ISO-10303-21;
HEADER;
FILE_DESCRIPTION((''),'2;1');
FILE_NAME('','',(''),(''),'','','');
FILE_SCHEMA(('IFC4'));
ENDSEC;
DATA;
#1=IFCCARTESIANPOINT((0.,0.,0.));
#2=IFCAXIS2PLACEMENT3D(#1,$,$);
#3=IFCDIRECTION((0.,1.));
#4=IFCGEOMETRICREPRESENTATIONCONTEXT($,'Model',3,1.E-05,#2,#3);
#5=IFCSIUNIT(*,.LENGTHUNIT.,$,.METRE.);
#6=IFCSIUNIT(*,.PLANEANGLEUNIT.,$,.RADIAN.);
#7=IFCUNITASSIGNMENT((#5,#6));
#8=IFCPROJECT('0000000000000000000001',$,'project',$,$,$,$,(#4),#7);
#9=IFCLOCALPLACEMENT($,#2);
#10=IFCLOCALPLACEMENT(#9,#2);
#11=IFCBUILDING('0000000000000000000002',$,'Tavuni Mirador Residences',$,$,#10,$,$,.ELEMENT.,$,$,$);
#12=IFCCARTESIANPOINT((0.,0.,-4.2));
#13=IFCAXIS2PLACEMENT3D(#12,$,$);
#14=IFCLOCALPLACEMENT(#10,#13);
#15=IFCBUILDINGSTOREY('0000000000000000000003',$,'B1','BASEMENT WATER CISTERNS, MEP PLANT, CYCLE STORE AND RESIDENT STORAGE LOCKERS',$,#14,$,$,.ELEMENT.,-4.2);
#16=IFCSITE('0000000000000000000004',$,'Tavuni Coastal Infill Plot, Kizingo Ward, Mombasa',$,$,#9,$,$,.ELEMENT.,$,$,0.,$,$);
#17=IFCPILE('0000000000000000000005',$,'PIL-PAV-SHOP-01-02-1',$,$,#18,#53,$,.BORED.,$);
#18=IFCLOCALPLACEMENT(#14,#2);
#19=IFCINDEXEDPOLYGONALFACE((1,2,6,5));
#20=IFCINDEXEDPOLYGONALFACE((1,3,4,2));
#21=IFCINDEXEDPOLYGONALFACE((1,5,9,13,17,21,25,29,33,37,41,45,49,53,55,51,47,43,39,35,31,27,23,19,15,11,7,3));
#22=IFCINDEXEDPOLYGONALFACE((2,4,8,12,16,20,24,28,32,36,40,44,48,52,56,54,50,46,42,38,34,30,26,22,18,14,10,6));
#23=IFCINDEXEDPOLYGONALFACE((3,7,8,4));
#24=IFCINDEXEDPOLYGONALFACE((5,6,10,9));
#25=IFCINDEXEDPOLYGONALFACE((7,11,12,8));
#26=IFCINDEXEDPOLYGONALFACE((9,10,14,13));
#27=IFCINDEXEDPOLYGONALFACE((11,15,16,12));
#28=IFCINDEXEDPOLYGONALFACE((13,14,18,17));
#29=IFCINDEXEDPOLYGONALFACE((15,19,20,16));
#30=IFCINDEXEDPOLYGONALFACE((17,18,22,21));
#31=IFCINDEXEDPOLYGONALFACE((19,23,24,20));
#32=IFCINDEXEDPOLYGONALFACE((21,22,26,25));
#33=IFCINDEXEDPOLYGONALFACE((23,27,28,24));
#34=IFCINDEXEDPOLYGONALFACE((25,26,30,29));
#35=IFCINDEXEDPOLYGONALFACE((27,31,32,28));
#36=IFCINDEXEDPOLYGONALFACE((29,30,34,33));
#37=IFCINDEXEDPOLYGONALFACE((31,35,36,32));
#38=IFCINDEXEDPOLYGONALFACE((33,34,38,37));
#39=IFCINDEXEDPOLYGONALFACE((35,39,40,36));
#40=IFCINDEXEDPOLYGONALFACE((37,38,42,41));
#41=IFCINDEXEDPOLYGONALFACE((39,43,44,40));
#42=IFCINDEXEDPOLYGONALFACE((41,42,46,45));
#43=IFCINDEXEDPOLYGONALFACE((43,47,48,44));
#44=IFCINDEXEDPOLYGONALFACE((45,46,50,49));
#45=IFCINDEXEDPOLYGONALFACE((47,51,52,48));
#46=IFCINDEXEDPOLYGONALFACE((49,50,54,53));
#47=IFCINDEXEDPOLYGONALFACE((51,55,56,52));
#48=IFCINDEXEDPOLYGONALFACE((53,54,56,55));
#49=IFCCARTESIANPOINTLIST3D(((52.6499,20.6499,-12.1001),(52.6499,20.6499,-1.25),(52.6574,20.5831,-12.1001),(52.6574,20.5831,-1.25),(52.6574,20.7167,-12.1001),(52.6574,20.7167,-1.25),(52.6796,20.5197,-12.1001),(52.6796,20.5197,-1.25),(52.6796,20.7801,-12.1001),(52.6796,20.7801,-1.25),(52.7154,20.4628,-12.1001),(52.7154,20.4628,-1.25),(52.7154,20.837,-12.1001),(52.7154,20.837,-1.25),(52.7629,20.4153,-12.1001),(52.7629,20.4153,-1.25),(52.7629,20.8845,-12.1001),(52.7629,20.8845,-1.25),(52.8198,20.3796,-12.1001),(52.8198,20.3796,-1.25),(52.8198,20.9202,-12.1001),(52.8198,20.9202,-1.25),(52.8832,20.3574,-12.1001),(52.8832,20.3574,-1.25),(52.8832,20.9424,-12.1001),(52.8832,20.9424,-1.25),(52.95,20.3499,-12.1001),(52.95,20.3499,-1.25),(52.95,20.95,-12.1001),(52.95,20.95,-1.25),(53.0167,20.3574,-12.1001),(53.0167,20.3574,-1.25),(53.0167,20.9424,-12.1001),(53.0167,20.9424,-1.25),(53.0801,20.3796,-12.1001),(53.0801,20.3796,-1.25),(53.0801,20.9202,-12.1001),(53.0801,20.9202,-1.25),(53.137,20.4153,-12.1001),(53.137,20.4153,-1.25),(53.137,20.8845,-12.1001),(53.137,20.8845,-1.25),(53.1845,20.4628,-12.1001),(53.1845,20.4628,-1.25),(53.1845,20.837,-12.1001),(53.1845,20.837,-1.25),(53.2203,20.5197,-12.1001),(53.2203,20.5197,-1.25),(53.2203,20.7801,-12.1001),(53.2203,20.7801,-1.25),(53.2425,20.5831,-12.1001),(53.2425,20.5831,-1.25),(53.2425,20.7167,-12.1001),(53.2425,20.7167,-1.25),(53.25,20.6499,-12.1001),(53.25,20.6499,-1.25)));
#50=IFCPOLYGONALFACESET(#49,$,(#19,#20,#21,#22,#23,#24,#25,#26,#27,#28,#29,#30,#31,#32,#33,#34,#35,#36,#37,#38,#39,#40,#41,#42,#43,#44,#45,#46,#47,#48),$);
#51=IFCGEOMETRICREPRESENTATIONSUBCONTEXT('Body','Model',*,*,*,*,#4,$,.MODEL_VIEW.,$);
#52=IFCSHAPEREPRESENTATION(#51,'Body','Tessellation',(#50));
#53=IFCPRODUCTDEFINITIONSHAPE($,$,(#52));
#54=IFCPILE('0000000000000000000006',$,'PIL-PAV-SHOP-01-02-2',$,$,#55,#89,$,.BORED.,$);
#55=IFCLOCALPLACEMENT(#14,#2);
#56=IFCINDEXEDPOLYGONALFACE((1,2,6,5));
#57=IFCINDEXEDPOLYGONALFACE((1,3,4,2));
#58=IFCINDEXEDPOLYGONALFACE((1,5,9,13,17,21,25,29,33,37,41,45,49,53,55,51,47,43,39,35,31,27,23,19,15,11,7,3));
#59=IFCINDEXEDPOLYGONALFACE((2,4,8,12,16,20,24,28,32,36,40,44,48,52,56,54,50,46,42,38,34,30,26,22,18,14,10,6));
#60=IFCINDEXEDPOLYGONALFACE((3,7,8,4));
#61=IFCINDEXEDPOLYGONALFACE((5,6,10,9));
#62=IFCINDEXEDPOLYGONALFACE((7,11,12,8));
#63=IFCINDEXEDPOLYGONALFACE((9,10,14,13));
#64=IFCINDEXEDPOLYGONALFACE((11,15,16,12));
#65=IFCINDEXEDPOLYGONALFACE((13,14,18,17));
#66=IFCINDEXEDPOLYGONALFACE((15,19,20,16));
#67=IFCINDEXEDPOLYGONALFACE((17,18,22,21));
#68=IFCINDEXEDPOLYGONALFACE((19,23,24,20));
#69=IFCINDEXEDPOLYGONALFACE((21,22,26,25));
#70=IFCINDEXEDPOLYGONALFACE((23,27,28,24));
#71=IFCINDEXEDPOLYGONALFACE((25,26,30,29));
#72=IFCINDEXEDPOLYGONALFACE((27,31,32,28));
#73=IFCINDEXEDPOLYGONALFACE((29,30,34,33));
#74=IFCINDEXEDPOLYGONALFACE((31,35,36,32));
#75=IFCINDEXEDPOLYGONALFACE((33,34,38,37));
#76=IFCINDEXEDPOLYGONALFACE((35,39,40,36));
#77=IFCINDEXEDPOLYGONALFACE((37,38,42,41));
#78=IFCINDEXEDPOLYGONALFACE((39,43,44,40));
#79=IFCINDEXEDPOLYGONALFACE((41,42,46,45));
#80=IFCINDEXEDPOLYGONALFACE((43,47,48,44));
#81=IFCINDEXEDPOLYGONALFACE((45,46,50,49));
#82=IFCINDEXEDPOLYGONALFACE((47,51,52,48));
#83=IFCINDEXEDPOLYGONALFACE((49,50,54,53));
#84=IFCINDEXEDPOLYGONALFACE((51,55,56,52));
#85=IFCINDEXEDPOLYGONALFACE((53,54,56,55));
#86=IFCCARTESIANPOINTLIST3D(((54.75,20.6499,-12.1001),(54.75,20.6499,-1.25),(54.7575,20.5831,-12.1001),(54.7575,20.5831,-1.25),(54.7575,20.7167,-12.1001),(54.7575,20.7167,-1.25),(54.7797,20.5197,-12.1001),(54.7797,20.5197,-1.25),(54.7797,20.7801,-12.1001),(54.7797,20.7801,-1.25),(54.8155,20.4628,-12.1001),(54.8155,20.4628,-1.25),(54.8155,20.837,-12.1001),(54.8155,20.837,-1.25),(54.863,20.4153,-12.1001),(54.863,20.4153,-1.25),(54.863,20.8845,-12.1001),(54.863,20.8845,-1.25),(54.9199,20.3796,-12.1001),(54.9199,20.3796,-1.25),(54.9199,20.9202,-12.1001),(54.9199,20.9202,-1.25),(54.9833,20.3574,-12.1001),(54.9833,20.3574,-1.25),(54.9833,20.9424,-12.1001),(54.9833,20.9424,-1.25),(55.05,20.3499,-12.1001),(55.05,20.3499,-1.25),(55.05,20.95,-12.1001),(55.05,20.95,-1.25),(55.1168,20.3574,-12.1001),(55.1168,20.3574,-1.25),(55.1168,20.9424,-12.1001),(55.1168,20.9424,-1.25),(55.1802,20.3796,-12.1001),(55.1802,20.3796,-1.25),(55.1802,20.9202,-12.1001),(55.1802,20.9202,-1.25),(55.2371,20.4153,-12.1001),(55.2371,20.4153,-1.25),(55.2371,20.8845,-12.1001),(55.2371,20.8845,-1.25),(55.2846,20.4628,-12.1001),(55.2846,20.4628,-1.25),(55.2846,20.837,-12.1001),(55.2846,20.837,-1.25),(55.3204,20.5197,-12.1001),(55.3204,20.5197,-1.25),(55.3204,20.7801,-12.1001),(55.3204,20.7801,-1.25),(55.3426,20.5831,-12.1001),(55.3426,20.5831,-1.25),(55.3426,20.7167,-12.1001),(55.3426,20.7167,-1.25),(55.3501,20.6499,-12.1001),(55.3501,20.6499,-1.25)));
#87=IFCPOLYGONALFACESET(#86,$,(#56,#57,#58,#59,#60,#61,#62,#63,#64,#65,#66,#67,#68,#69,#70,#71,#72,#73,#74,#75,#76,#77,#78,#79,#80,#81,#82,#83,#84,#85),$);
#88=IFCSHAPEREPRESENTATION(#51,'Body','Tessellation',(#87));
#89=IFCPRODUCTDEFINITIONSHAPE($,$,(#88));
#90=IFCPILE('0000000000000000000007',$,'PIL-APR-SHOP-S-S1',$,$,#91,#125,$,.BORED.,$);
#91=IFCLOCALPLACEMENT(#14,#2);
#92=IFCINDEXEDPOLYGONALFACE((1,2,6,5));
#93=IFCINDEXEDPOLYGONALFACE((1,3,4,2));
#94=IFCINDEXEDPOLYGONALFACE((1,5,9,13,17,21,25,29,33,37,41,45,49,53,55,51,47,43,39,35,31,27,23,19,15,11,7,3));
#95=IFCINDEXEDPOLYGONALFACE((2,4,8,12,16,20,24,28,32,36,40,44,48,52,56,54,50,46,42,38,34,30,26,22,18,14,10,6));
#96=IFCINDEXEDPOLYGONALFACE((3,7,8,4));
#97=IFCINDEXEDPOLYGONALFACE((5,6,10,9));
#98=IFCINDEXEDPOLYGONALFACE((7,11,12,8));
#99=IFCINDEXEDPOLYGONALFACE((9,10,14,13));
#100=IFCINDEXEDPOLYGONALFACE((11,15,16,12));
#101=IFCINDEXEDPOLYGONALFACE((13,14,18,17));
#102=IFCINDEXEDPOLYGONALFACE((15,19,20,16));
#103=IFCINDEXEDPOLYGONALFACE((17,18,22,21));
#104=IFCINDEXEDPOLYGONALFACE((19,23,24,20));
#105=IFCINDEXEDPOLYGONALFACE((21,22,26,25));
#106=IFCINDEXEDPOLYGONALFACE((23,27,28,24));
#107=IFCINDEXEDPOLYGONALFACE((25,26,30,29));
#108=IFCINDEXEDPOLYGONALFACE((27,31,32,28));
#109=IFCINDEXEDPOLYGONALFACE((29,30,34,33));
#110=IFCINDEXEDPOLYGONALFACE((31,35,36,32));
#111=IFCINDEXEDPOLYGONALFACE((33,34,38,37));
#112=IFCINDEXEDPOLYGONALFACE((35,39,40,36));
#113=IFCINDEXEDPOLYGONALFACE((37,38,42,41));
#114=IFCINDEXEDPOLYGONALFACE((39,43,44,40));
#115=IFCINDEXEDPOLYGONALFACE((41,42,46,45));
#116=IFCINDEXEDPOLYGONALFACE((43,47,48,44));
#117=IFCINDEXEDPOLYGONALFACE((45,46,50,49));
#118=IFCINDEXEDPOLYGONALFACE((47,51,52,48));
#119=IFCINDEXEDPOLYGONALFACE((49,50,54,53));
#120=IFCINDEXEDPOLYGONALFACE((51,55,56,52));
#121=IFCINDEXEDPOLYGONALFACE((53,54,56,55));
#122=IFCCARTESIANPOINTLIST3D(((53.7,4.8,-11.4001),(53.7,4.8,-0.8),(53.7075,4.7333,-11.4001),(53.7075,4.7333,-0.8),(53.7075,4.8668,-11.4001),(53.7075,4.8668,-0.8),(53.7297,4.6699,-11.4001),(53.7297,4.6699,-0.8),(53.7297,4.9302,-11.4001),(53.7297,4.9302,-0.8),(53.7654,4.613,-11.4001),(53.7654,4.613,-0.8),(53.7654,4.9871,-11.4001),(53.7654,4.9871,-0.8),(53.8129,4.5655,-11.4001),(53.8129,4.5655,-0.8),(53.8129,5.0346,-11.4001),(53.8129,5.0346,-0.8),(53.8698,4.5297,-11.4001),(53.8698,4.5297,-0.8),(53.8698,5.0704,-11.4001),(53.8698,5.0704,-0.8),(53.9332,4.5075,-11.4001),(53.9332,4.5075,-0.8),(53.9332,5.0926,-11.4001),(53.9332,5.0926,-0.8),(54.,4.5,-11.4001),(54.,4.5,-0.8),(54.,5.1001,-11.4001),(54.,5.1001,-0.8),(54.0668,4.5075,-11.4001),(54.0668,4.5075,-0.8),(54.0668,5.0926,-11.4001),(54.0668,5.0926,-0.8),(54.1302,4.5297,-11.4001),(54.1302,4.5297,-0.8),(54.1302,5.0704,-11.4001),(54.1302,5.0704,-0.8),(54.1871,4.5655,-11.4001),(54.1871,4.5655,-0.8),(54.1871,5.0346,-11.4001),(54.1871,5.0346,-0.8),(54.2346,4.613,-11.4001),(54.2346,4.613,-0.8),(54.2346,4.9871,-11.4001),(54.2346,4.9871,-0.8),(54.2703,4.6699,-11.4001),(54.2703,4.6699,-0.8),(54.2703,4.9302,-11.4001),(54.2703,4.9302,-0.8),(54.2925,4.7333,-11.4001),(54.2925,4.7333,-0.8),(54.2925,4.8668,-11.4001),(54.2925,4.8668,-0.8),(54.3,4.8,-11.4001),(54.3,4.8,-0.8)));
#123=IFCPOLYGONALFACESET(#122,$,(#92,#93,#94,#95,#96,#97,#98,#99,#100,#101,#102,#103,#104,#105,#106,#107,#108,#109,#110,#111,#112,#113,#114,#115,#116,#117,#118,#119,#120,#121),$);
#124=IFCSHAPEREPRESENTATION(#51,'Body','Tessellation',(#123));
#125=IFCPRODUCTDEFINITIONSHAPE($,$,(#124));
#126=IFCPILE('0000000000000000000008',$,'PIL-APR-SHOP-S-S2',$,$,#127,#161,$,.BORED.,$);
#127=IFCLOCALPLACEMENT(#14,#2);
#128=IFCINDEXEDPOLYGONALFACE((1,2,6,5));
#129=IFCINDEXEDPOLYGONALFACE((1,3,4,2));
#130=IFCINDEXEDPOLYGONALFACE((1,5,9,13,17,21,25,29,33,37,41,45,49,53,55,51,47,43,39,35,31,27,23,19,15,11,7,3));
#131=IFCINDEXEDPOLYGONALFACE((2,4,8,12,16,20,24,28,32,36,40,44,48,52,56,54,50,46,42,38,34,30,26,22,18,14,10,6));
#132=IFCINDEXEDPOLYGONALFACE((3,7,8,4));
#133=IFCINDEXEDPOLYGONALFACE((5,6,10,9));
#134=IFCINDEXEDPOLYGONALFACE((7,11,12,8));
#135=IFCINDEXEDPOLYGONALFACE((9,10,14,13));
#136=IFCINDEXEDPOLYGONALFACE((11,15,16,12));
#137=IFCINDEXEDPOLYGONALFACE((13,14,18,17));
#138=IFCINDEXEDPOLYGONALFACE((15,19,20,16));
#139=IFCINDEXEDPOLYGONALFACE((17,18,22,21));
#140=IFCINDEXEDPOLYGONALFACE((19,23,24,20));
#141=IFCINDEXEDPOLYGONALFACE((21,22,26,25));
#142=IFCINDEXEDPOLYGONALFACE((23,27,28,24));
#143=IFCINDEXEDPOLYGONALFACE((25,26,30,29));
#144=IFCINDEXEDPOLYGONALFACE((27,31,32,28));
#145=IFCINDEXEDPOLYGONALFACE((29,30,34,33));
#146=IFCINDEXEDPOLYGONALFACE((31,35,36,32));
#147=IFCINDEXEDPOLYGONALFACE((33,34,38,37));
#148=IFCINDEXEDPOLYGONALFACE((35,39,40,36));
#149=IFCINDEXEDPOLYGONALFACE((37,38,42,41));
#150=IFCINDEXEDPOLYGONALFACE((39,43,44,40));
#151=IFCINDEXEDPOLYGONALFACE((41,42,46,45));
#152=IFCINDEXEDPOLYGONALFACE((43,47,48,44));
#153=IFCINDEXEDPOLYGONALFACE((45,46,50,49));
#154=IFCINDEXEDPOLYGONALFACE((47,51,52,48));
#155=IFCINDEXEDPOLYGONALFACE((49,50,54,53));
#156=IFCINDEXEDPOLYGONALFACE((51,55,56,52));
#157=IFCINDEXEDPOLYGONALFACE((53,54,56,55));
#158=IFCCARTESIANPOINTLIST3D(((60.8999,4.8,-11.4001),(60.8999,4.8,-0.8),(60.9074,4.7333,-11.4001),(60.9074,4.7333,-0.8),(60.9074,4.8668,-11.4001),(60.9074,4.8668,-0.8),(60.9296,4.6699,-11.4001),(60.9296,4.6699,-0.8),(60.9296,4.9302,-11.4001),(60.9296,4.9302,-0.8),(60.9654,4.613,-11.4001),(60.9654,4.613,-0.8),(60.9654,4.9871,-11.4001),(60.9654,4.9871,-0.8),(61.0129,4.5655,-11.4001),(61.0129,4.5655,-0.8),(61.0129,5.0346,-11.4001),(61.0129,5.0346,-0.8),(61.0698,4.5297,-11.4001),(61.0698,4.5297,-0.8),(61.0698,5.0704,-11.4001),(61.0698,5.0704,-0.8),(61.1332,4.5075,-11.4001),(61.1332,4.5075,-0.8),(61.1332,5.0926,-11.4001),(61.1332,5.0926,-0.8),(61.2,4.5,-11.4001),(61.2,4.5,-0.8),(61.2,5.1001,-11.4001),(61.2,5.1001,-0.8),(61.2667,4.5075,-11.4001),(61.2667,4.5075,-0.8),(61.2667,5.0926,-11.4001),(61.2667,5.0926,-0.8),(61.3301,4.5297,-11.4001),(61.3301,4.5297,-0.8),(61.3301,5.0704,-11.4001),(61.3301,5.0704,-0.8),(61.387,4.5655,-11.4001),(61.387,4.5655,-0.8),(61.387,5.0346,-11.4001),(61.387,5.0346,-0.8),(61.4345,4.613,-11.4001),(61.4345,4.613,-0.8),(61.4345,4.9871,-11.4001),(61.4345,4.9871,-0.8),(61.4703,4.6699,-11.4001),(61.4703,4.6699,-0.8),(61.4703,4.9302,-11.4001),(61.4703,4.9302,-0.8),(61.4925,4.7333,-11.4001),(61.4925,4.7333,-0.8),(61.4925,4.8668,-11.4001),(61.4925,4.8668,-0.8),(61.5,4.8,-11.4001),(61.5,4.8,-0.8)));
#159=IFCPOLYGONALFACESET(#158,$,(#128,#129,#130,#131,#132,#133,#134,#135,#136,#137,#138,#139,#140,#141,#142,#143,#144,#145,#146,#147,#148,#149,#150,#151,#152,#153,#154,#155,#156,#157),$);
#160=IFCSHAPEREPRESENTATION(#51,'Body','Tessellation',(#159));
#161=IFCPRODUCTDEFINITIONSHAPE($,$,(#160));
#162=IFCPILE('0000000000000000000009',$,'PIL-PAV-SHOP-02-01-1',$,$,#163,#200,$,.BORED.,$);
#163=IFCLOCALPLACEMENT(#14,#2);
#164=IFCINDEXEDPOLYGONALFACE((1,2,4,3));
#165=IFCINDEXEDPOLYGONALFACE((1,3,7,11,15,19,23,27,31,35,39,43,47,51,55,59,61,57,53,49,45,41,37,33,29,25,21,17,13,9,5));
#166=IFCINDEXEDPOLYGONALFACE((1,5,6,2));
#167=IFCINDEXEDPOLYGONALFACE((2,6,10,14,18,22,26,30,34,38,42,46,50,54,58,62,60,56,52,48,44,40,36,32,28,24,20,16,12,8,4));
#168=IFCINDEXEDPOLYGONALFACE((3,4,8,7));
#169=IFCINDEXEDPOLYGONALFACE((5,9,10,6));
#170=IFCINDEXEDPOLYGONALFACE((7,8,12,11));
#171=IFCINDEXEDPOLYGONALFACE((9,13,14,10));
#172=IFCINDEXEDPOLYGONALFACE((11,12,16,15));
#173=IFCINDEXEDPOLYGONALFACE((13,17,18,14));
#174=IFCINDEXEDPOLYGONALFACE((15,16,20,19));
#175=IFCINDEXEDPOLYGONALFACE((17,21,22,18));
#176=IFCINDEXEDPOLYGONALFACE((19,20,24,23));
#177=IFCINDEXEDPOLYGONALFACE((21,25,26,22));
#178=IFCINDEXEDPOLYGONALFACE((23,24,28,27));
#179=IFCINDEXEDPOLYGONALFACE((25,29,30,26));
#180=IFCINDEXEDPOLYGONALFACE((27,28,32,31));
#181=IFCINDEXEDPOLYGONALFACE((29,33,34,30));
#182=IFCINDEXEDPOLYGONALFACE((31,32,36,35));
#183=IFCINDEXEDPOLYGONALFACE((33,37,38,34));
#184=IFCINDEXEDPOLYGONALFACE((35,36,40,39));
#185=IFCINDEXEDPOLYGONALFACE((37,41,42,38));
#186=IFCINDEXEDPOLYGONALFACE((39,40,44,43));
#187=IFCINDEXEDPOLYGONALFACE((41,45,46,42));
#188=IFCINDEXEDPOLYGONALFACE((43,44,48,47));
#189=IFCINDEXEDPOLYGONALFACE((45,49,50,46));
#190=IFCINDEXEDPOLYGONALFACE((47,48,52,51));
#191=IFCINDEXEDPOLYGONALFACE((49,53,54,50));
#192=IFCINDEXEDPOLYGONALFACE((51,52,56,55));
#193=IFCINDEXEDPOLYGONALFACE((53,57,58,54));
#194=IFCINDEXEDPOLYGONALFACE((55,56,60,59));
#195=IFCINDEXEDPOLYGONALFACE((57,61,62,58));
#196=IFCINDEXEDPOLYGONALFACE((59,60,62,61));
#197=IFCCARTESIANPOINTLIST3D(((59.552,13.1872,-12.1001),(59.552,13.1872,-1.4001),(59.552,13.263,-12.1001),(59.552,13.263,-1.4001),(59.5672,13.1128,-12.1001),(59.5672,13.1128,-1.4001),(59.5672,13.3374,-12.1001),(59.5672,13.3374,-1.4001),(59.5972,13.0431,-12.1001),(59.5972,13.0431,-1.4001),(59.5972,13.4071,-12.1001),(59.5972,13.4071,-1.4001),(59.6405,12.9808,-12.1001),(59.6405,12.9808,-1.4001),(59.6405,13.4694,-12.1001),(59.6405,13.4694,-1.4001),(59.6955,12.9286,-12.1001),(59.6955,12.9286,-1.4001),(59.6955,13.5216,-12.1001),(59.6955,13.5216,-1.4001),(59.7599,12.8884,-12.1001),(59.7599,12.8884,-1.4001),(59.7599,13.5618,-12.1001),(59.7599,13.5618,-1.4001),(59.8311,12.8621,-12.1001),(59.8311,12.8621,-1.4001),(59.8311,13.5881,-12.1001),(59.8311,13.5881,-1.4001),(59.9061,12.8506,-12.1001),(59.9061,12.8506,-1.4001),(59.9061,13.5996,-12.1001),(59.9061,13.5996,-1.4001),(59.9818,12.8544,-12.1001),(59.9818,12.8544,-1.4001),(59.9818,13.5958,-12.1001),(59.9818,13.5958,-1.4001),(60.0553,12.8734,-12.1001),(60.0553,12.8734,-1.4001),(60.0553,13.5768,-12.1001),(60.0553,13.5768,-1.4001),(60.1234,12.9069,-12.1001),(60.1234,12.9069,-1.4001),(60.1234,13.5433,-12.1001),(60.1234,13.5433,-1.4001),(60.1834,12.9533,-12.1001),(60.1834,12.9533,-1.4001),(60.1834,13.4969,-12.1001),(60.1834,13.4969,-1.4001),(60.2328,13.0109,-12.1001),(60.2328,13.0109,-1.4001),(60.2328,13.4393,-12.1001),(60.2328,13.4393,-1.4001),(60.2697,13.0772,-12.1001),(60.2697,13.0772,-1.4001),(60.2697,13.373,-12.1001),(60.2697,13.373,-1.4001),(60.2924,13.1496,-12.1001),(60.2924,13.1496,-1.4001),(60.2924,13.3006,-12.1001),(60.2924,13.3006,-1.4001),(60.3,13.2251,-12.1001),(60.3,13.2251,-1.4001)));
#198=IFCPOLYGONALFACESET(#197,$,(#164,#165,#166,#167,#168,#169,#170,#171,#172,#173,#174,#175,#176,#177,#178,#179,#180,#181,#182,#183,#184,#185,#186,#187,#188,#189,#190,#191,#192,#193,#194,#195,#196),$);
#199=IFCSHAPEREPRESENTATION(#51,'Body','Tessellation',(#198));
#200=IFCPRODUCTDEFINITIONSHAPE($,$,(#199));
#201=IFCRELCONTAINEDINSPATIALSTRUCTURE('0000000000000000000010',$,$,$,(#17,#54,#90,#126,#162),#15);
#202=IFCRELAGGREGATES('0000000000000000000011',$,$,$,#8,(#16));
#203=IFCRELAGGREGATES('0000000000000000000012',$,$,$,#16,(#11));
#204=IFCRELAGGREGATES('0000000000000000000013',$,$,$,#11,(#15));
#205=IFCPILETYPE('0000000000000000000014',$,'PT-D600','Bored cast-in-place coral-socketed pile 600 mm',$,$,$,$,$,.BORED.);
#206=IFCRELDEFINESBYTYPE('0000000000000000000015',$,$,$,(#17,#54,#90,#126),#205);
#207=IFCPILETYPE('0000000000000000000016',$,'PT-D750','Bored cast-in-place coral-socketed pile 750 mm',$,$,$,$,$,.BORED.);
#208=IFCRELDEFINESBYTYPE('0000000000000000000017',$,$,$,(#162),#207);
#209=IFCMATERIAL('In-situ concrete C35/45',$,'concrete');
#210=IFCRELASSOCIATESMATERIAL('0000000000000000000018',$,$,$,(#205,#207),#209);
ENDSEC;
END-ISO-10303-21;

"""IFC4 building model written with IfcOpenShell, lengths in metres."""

from ifc_helpers import new_model, si_unit, direction, frame, origin, origin_2d, place, context, subcontext, project, spatial, circle, extrude, material, material_profile, profile_set, type_object, element, save


model = new_model("IFC4")

# Units and contexts
model_context = context("Model", 3, precision=1e-05, world=origin(), true_north=direction((0.0, 1.0)))
body_context = subcontext(model_context, "Body", "Model", "MODEL_VIEW")
ifc_project = project(units=[si_unit("LENGTHUNIT", "METRE"), si_unit("PLANEANGLEUNIT", "RADIAN")], contexts=[model_context])

# Site, building, storey
site_placement = place(None, origin())
site = spatial("IfcSite", under=ifc_project, at=site_placement, Name="Tavuni Coastal Infill Plot, Kizingo Ward, Mombasa", CompositionType="ELEMENT", RefElevation=0.0)
building_placement = place(site_placement, origin())
building = spatial("IfcBuilding", under=site, at=building_placement, Name="Tavuni Mirador Residences", CompositionType="ELEMENT")
storey_placement = place(building_placement, frame((0.0, 0.0, -4.2)))
storey = spatial("IfcBuildingStorey", under=building, at=storey_placement, Name="B1", Description="BASEMENT WATER CISTERNS, MEP PLANT, CYCLE STORE AND RESIDENT STORAGE LOCKERS", CompositionType="ELEMENT", Elevation=-4.2)

# Shared definitions
ifc_material_1 = material(Name="In-situ concrete C35/45", Category="concrete")

# Piles
ifc_material_profile_1 = material_profile(ifc_material_1, circle(Radius=0.3, at=origin_2d()), Name="PILE D600", Category="concrete")
ifc_profile_set_1 = profile_set([ifc_material_profile_1], Name="In-situ concrete C35/45")
pile_type_1 = type_object("IfcPileType", Name="PT-D600", Description="Bored cast-in-place coral-socketed pile 600 mm", PredefinedType="BORED", material=ifc_profile_set_1)
for number, where, z_axis, x_axis, name in (
    (1, (52.95, 20.6499, -1.25), (0.0, 0.0, -1.0), (1.0, 0.0, 0.0), "PIL-PAV-SHOP-01-02-1"),
    (2, (55.05, 20.6499, -1.25), (0.0, 0.0, -1.0), (1.0, 0.0, 0.0), "PIL-PAV-SHOP-01-02-2"),
):
    element("IfcPile", number, at=place(storey_placement, frame(where, z_axis=z_axis, x_axis=x_axis)), inside=storey, type_object=pile_type_1, Name=name, PredefinedType="BORED", context=body_context, shape_type="SweptSolid", body=[
        extrude(circle(Radius=0.3, at=origin_2d()), origin(), (0.0, 0.0, 1.0), 10.8501),
    ])
for number, where, z_axis, x_axis, name in (
    (3, (54.0, 4.8, -0.8), (0.0, 0.0, -1.0), (1.0, 0.0, 0.0), "PIL-APR-SHOP-S-S1"),
    (4, (61.2, 4.8, -0.8), (0.0, 0.0, -1.0), (1.0, 0.0, 0.0), "PIL-APR-SHOP-S-S2"),
):
    element("IfcPile", number, at=place(storey_placement, frame(where, z_axis=z_axis, x_axis=x_axis)), inside=storey, type_object=pile_type_1, Name=name, PredefinedType="BORED", context=body_context, shape_type="SweptSolid", body=[
        extrude(circle(Radius=0.3, at=origin_2d()), origin(), (0.0, 0.0, 1.0), 10.6001),
    ])
ifc_material_profile_2 = material_profile(ifc_material_1, circle(Radius=0.375, at=origin_2d()), Name="PILE D750", Category="concrete")
ifc_profile_set_2 = profile_set([ifc_material_profile_2], Name="In-situ concrete C35/45")
pile_type_2 = type_object("IfcPileType", Name="PT-D750", Description="Bored cast-in-place coral-socketed pile 750 mm", PredefinedType="BORED", material=ifc_profile_set_2)
for number, where, z_axis, x_axis, name in (
    (5, (59.925, 13.2251, -1.4001), (0.0, 0.0, -1.0), (1.0, 0.0, 0.0), "PIL-PAV-SHOP-02-01-1"),
):
    element("IfcPile", number, at=place(storey_placement, frame(where, z_axis=z_axis, x_axis=x_axis)), inside=storey, type_object=pile_type_2, Name=name, PredefinedType="BORED", context=body_context, shape_type="SweptSolid", body=[
        extrude(circle(Radius=0.375, at=origin_2d()), origin(), (0.0, 0.0, 1.0), 10.7),
    ])

save(model, "model.ifc")
